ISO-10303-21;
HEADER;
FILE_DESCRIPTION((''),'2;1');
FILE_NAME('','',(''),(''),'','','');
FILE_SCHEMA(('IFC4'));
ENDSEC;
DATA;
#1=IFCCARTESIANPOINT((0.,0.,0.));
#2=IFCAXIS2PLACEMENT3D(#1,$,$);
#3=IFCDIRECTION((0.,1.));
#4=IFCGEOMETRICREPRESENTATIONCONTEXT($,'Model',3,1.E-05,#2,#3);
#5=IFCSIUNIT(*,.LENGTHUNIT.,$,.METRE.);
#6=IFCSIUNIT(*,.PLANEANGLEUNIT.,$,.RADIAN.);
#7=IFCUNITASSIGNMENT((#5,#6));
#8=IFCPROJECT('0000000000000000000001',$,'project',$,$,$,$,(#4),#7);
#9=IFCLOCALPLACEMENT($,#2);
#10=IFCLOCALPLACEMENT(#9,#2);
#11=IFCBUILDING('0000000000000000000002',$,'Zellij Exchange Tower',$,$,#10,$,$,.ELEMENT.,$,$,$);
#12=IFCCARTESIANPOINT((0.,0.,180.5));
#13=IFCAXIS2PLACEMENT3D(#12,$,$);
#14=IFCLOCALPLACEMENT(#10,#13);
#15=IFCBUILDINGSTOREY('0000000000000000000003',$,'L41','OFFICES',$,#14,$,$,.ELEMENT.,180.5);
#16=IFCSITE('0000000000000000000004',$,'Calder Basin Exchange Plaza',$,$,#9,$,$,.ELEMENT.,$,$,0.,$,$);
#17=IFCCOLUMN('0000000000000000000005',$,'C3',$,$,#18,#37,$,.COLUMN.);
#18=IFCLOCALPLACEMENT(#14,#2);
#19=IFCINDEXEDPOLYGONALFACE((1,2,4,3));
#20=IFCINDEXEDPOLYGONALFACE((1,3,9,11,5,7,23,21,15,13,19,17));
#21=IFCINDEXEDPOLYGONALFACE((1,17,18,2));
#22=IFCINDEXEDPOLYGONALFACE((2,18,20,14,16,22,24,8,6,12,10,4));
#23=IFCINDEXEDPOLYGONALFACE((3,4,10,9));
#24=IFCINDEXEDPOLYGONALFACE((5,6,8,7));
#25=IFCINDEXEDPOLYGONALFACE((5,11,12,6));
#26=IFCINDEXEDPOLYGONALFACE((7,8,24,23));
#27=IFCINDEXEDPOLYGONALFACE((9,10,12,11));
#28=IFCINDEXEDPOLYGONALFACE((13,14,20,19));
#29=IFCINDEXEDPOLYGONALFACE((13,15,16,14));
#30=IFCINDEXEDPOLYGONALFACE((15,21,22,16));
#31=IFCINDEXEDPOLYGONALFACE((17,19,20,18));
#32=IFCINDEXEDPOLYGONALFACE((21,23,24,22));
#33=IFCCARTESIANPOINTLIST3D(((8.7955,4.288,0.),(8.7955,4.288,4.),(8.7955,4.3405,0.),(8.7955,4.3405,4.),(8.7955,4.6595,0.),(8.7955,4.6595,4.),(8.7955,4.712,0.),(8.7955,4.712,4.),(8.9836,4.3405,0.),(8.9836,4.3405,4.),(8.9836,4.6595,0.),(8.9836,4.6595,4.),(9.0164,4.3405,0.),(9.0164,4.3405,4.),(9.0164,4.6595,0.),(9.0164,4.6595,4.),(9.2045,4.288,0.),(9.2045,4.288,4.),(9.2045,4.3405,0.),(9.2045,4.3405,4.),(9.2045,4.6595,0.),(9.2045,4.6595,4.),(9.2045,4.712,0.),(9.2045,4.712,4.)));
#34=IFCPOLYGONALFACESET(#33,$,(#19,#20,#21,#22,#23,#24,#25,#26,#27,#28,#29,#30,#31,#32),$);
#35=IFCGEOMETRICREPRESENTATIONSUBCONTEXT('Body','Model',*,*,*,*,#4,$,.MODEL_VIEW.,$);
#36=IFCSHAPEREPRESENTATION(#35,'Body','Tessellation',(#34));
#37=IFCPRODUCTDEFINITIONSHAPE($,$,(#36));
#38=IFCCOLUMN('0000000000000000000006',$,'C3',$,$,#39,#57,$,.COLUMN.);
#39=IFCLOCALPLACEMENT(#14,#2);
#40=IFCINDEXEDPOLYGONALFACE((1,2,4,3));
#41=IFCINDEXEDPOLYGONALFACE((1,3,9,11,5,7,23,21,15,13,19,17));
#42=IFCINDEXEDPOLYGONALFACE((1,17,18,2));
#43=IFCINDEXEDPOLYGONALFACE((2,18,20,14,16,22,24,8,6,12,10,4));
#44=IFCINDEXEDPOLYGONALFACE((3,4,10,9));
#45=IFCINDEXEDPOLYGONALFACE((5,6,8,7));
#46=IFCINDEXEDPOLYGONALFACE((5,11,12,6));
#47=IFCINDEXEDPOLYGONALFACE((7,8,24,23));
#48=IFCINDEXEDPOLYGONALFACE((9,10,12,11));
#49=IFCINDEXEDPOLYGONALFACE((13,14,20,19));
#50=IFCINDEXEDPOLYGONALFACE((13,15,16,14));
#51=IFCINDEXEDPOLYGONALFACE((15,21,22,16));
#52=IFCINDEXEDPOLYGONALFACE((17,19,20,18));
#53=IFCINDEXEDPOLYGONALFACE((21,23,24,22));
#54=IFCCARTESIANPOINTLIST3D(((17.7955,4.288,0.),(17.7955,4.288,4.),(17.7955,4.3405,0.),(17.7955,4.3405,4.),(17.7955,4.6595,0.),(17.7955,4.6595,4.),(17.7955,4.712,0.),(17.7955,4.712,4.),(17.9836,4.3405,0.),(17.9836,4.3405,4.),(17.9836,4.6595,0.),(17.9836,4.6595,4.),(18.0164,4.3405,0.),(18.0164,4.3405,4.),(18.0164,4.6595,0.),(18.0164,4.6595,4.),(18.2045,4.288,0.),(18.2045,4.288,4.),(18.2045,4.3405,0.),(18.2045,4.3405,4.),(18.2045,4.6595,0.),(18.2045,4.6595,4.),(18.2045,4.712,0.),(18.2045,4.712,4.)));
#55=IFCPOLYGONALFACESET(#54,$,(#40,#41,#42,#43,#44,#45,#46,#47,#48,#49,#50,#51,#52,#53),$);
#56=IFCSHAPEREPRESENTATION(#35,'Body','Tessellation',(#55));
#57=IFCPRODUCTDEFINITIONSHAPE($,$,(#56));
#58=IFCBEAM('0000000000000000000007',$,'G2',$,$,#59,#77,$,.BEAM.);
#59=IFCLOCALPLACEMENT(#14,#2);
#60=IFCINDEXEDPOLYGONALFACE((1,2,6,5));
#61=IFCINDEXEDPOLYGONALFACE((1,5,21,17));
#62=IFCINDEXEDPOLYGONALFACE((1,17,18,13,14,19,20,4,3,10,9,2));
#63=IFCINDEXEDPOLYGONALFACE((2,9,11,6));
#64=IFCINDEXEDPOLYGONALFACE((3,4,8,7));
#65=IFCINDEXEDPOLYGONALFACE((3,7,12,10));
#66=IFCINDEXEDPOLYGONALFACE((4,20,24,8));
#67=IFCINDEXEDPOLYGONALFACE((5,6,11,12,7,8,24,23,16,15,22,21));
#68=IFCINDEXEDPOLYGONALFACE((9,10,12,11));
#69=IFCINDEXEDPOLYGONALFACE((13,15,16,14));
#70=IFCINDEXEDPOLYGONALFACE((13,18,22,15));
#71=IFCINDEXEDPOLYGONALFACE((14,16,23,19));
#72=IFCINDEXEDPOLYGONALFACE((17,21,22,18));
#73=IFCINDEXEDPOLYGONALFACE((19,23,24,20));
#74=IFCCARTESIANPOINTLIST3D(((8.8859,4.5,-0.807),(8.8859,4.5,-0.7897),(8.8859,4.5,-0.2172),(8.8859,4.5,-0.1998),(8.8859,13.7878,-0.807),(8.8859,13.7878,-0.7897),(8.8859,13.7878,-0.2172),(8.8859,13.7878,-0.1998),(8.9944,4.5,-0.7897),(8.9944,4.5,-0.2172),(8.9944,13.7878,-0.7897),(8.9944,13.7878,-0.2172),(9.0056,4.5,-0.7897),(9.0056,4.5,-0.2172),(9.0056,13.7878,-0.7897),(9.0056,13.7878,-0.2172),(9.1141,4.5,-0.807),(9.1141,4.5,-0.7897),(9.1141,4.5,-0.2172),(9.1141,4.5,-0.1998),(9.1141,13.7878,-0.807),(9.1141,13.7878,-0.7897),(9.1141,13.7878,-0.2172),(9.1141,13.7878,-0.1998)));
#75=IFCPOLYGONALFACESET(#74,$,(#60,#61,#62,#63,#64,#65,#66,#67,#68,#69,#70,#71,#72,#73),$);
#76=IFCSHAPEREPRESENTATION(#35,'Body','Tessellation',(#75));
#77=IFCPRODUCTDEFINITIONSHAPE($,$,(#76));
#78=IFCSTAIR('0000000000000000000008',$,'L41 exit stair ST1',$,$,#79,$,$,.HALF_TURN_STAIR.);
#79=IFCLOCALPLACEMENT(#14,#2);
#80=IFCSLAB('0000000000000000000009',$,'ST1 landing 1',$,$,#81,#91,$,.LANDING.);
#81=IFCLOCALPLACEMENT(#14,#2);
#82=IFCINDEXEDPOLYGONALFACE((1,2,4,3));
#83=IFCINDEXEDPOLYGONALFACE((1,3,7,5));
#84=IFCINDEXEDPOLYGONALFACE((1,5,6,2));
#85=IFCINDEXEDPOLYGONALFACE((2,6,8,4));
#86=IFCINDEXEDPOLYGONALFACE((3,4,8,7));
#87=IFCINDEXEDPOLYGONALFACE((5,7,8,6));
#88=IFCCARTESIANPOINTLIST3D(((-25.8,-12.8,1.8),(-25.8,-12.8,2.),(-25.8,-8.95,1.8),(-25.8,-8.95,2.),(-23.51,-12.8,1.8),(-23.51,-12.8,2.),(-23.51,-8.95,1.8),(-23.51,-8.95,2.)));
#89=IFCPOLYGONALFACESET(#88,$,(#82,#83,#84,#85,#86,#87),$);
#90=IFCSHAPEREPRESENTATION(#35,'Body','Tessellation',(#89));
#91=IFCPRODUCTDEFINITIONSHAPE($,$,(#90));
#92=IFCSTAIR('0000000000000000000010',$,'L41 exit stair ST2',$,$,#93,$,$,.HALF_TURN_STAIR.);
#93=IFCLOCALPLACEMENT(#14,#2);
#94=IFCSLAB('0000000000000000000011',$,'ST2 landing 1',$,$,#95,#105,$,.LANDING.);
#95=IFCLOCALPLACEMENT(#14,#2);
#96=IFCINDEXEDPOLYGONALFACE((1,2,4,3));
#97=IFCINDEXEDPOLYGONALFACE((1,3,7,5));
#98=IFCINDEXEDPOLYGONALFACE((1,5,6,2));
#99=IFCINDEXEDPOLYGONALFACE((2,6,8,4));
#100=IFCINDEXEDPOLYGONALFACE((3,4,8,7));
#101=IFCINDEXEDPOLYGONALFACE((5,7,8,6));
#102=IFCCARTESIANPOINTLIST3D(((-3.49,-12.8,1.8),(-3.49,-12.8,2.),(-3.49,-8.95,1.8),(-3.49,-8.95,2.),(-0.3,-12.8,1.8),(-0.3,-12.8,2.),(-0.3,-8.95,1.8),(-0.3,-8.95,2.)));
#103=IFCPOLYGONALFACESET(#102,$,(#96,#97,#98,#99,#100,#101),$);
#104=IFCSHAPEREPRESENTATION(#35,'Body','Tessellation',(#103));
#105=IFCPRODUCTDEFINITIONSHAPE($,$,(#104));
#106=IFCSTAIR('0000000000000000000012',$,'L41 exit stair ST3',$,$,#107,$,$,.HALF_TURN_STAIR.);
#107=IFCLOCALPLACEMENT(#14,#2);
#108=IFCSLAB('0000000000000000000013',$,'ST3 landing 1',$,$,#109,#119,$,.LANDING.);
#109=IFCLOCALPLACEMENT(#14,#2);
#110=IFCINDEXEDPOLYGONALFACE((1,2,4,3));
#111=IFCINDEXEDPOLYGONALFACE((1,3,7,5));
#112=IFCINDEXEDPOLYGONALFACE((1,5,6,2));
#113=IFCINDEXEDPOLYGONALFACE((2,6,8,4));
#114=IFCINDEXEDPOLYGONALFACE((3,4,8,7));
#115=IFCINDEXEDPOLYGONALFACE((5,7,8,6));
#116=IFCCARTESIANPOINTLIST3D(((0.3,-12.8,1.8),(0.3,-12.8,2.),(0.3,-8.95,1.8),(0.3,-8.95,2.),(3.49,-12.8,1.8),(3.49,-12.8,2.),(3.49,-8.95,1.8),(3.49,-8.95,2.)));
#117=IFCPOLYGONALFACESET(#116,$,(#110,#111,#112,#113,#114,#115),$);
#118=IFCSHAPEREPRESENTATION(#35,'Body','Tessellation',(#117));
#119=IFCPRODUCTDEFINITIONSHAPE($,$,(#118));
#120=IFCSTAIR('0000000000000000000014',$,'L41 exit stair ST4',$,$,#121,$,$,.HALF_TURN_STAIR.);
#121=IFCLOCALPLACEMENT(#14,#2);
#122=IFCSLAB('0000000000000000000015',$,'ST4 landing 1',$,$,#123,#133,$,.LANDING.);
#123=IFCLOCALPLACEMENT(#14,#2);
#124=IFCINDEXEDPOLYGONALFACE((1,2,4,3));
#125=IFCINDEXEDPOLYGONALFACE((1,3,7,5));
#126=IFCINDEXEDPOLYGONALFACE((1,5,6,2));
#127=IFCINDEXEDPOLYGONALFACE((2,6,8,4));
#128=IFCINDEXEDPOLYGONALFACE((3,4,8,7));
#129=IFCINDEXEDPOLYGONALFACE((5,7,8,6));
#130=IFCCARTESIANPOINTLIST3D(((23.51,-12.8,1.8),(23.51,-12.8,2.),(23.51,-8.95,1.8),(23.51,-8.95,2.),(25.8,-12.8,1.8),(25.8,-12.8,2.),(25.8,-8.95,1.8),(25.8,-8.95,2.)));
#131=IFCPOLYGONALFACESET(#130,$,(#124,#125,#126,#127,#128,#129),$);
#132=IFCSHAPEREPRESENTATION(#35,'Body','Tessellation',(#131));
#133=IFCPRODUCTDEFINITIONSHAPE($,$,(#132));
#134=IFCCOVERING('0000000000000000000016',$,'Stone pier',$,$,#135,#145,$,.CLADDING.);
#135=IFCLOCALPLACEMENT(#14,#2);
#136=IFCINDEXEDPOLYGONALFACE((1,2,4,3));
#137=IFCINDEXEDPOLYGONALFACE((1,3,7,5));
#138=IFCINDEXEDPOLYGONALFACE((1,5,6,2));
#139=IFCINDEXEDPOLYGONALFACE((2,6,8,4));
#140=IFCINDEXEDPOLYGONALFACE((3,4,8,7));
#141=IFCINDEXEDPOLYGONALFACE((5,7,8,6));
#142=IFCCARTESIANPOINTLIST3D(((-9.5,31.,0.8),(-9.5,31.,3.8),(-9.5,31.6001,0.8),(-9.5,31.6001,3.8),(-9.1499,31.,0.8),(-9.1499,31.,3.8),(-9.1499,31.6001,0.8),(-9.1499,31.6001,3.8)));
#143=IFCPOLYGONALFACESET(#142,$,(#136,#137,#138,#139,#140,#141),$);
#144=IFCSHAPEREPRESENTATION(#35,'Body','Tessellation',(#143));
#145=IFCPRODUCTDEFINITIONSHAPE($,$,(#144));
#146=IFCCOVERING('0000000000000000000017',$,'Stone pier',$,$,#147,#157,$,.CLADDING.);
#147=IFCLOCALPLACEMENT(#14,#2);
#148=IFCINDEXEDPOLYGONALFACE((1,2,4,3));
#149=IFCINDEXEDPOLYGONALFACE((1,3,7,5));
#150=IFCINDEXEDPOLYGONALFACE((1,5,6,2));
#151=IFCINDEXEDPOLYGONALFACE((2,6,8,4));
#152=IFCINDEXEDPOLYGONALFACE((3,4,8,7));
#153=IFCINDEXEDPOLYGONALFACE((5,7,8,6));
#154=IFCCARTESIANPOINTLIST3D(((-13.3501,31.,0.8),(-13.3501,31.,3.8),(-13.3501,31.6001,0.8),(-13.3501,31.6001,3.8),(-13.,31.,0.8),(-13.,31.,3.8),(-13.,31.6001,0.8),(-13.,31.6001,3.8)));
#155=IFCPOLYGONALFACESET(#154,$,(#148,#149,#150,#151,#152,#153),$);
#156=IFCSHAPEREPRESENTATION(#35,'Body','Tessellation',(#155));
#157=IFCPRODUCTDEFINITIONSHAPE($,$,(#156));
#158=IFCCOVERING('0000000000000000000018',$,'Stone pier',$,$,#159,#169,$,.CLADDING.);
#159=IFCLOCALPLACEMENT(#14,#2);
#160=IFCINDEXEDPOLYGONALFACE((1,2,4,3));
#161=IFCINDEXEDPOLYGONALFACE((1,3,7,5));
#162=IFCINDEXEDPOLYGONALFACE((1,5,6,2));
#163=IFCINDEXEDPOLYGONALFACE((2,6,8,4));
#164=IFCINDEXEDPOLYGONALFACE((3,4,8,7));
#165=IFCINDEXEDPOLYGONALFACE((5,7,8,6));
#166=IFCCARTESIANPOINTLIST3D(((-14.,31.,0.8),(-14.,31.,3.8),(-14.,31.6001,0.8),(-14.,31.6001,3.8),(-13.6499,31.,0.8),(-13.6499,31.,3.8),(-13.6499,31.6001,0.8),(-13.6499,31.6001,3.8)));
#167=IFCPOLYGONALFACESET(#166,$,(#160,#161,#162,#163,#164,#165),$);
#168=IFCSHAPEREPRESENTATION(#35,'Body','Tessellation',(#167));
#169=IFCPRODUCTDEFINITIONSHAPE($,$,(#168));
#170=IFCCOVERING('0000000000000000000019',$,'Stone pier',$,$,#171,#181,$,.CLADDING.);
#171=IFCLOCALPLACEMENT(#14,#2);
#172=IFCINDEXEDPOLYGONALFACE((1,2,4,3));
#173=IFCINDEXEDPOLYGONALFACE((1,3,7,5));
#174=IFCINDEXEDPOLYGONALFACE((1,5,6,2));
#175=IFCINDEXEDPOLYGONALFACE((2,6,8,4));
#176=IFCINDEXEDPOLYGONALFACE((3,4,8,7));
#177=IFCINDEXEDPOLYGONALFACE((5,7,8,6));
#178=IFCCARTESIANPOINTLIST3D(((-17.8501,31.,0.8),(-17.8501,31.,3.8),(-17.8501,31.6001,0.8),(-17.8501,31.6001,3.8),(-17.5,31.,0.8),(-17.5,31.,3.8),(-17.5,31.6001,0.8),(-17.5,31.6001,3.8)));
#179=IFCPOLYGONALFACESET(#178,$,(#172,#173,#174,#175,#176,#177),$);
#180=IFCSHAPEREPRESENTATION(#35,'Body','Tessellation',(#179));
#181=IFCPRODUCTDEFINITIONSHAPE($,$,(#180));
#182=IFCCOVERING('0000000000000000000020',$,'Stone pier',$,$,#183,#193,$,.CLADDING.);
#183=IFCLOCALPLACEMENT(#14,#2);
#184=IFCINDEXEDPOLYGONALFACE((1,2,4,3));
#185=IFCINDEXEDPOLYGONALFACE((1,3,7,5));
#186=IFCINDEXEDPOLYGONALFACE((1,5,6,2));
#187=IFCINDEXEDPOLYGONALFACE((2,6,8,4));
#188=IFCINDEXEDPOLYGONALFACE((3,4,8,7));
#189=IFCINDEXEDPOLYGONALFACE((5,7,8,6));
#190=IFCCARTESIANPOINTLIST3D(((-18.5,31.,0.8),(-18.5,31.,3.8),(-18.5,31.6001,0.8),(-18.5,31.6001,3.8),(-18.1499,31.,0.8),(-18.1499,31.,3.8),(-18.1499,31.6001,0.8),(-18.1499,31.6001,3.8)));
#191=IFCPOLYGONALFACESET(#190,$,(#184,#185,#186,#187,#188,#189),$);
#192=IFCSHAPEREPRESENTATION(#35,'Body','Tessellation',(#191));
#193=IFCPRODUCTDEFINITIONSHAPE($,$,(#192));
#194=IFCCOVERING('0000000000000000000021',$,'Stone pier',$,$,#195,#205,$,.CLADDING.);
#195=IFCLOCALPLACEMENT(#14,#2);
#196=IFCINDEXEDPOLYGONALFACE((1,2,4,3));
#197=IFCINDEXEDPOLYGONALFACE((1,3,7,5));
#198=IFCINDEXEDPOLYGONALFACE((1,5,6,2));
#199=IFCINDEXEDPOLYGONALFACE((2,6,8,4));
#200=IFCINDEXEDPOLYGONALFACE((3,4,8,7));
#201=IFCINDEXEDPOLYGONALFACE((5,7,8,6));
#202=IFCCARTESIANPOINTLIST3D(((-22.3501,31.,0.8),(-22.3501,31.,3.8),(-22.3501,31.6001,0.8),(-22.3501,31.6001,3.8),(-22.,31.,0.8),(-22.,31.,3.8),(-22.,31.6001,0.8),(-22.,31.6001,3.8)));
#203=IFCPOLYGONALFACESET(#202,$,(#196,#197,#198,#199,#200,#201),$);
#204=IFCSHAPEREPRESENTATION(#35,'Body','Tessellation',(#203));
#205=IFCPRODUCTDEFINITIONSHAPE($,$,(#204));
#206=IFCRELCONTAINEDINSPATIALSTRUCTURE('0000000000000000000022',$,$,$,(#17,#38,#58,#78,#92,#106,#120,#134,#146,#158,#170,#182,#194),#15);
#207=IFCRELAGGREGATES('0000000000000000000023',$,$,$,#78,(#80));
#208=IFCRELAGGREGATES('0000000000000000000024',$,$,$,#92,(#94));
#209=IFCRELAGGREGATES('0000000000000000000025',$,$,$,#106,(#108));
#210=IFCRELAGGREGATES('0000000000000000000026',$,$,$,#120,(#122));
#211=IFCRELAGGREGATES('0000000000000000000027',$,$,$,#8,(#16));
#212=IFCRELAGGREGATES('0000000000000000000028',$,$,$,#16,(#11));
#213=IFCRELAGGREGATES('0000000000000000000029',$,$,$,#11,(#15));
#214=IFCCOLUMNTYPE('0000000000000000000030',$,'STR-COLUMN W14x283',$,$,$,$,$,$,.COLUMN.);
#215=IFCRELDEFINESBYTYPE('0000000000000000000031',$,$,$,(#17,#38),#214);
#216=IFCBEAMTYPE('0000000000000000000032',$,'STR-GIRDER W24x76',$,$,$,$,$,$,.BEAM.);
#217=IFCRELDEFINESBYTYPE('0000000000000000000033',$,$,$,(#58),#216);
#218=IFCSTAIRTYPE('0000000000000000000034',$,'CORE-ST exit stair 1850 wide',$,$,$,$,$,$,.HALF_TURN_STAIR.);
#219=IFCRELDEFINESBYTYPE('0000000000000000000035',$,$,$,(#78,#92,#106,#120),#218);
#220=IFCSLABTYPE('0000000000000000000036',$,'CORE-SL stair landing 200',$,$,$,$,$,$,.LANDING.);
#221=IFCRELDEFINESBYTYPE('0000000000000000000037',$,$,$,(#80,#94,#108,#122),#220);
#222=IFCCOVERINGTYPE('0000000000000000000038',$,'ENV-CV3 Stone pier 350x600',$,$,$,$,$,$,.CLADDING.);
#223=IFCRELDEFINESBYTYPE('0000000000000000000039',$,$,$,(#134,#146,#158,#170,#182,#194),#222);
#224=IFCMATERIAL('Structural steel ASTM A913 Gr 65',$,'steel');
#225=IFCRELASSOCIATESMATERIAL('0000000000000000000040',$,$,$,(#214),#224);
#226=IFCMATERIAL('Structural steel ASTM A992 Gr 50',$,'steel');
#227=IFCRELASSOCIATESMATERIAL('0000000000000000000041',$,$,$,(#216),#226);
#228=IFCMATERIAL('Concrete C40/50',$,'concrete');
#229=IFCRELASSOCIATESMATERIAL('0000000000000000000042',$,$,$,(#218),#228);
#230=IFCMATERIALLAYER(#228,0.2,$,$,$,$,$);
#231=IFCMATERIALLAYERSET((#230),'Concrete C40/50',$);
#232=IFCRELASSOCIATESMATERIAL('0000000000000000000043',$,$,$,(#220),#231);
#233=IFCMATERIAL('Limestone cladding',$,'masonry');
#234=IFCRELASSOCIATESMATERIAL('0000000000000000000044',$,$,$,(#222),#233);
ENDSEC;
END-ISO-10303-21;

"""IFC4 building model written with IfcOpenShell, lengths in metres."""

from ifc_helpers import new_model, si_unit, direction, frame, origin, origin_2d, place, context, subcontext, project, spatial, polyline, i_section, outline, extrude, material, layer, layer_set, material_profile, profile_set, type_object, element, aggregate, save


model = new_model("IFC4")

# Units and contexts
model_context = context("Model", 3, precision=1e-05, world=origin(), true_north=direction((0.0, 1.0)))
body_context = subcontext(model_context, "Body", "Model", "MODEL_VIEW")
ifc_project = project(units=[si_unit("LENGTHUNIT", "METRE"), si_unit("PLANEANGLEUNIT", "RADIAN")], contexts=[model_context])

# Site, building, storey
site_placement = place(None, origin())
site = spatial("IfcSite", under=ifc_project, at=site_placement, Name="Calder Basin Exchange Plaza", CompositionType="ELEMENT", RefElevation=0.0)
building_placement = place(site_placement, origin())
building = spatial("IfcBuilding", under=site, at=building_placement, Name="Zellij Exchange Tower", CompositionType="ELEMENT")
storey_placement = place(building_placement, frame((0.0, 0.0, 180.5)))
storey = spatial("IfcBuildingStorey", under=building, at=storey_placement, Name="L41", Description="OFFICES", CompositionType="ELEMENT", Elevation=180.5)

# Columns
ifc_material_1 = material(Name="Structural steel ASTM A913 Gr 65", Category="steel")
ifc_material_profile_1 = material_profile(ifc_material_1, i_section(OverallWidth=0.4089, OverallDepth=0.4241, WebThickness=0.0327, FlangeThickness=0.0525, at=origin_2d()), Name="W14x283")
ifc_profile_set_1 = profile_set([ifc_material_profile_1], Name="Structural steel ASTM A913 Gr 65")
column_type = type_object("IfcColumnType", Name="STR-COLUMN W14x283", PredefinedType="COLUMN", material=ifc_profile_set_1)
for number, where, z_axis, x_axis, name in (
    (1, (9.0, 4.5, 0.0), (0.0, 0.0, 1.0), (1.0, 0.0, 0.0), "C3"),
    (2, (18.0, 4.5, 0.0), (0.0, 0.0, 1.0), (1.0, 0.0, 0.0), "C3"),
):
    element("IfcColumn", number, at=place(storey_placement, frame(where, z_axis=z_axis, x_axis=x_axis)), inside=storey, type_object=column_type, Name=name, PredefinedType="COLUMN", context=body_context, shape_type="SweptSolid", body=[
        extrude(i_section(OverallWidth=0.4089, OverallDepth=0.4241, WebThickness=0.0327, FlangeThickness=0.0525, at=origin_2d()), origin(), (0.0, 0.0, 1.0), 4.0),
    ])

# Beam
ifc_material_2 = material(Name="Structural steel ASTM A992 Gr 50", Category="steel")
ifc_material_profile_2 = material_profile(ifc_material_2, i_section(OverallWidth=0.2283, OverallDepth=0.6072, WebThickness=0.0112, FlangeThickness=0.0173, at=origin_2d()), Name="W24x76")
ifc_profile_set_2 = profile_set([ifc_material_profile_2], Name="Structural steel ASTM A992 Gr 50")
beam_type = type_object("IfcBeamType", Name="STR-GIRDER W24x76", PredefinedType="BEAM", material=ifc_profile_set_2)
beam_placement = place(storey_placement, frame((9.0, 4.5, -0.5034), z_axis=(0.0, 1.0, 0.0), x_axis=(-1.0, 0.0, 0.0)))
element("IfcBeam", 3, at=beam_placement, inside=storey, type_object=beam_type, Name="G2", PredefinedType="BEAM", context=body_context, shape_type="SweptSolid", body=[
    extrude(i_section(OverallWidth=0.2283, OverallDepth=0.6072, WebThickness=0.0112, FlangeThickness=0.0173, at=origin_2d()), origin(), (0.0, 0.0, 1.0), 9.2878),
])

# Stairs, slabs
ifc_material_3 = material(Name="Concrete C40/50", Category="concrete")
stair_type = type_object("IfcStairType", Name="CORE-ST exit stair 1850 wide", PredefinedType="HALF_TURN_STAIR", material=ifc_material_3)
stair_1_placement = place(storey_placement, origin())
stair_1 = element("IfcStair", 4, at=stair_1_placement, inside=storey, type_object=stair_type, Name="L41 exit stair ST1", PredefinedType="HALF_TURN_STAIR")
ifc_layer_1 = layer(ifc_material_3, 0.2)
ifc_layer_set_1 = layer_set([ifc_layer_1], Name="Concrete C40/50")
slab_type = type_object("IfcSlabType", Name="CORE-SL stair landing 200", PredefinedType="LANDING", material=ifc_layer_set_1)
slab_1_placement = place(storey_placement, frame((0.0, 0.0, 1.8)))
slab_1 = element("IfcSlab", 5, at=slab_1_placement, type_object=slab_type, Name="ST1 landing 1", PredefinedType="LANDING", context=body_context, shape_type="SweptSolid", body=[
    extrude(outline(polyline([(-23.51, -8.95), (-25.8, -8.95), (-25.8, -12.8), (-23.51, -12.8), (-23.51, -8.95)])), origin(), (0.0, 0.0, 1.0), 0.2),
])
aggregate(stair_1, [slab_1])
stair_2_placement = place(storey_placement, origin())
stair_2 = element("IfcStair", 6, at=stair_2_placement, inside=storey, type_object=stair_type, Name="L41 exit stair ST2", PredefinedType="HALF_TURN_STAIR")
slab_2_placement = place(storey_placement, frame((0.0, 0.0, 1.8)))
slab_2 = element("IfcSlab", 7, at=slab_2_placement, type_object=slab_type, Name="ST2 landing 1", PredefinedType="LANDING", context=body_context, shape_type="SweptSolid", body=[
    extrude(outline(polyline([(-3.49, -12.8), (-0.3, -12.8), (-0.3, -8.95), (-3.49, -8.95), (-3.49, -12.8)])), origin(), (0.0, 0.0, 1.0), 0.2),
])
aggregate(stair_2, [slab_2])
stair_3_placement = place(storey_placement, origin())
stair_3 = element("IfcStair", 8, at=stair_3_placement, inside=storey, type_object=stair_type, Name="L41 exit stair ST3", PredefinedType="HALF_TURN_STAIR")
slab_3_placement = place(storey_placement, frame((0.0, 0.0, 1.8)))
slab_3 = element("IfcSlab", 9, at=slab_3_placement, type_object=slab_type, Name="ST3 landing 1", PredefinedType="LANDING", context=body_context, shape_type="SweptSolid", body=[
    extrude(outline(polyline([(3.49, -8.95), (0.3, -8.95), (0.3, -12.8), (3.49, -12.8), (3.49, -8.95)])), origin(), (0.0, 0.0, 1.0), 0.2),
])
aggregate(stair_3, [slab_3])
stair_4_placement = place(storey_placement, origin())
stair_4 = element("IfcStair", 10, at=stair_4_placement, inside=storey, type_object=stair_type, Name="L41 exit stair ST4", PredefinedType="HALF_TURN_STAIR")
slab_4_placement = place(storey_placement, frame((0.0, 0.0, 1.8)))
slab_4 = element("IfcSlab", 11, at=slab_4_placement, type_object=slab_type, Name="ST4 landing 1", PredefinedType="LANDING", context=body_context, shape_type="SweptSolid", body=[
    extrude(outline(polyline([(23.51, -12.8), (25.8, -12.8), (25.8, -8.95), (23.51, -8.95), (23.51, -12.8)])), origin(), (0.0, 0.0, 1.0), 0.2),
])
aggregate(stair_4, [slab_4])

# Coverings
ifc_material_4 = material(Name="Limestone cladding", Category="masonry")
covering_type_1 = type_object("IfcCoveringType", Name="ENV-CV3 Stone pier 350x600", PredefinedType="CLADDING", material=ifc_material_4)
covering_1_placement = place(storey_placement, frame((0.0, 0.0, 0.8)))
element("IfcCovering", 12, at=covering_1_placement, inside=storey, type_object=covering_type_1, Name="Stone pier", PredefinedType="CLADDING", context=body_context, shape_type="SweptSolid", body=[
    extrude(outline(polyline([(-9.1499, 31.0), (-9.5, 31.0), (-9.5, 31.6001), (-9.1499, 31.6001), (-9.1499, 31.0)])), origin(), (0.0, 0.0, 1.0), 3.0),
])
covering_2_placement = place(storey_placement, frame((0.0, 0.0, 0.8)))
element("IfcCovering", 13, at=covering_2_placement, inside=storey, type_object=covering_type_1, Name="Stone pier", PredefinedType="CLADDING", context=body_context, shape_type="SweptSolid", body=[
    extrude(outline(polyline([(-13.0, 31.0), (-13.3501, 31.0), (-13.3501, 31.6001), (-13.0, 31.6001), (-13.0, 31.0)])), origin(), (0.0, 0.0, 1.0), 3.0),
])
covering_3_placement = place(storey_placement, frame((0.0, 0.0, 0.8)))
element("IfcCovering", 14, at=covering_3_placement, inside=storey, type_object=covering_type_1, Name="Stone pier", PredefinedType="CLADDING", context=body_context, shape_type="SweptSolid", body=[
    extrude(outline(polyline([(-13.6499, 31.0), (-14.0, 31.0), (-14.0, 31.6001), (-13.6499, 31.6001), (-13.6499, 31.0)])), origin(), (0.0, 0.0, 1.0), 3.0),
])
covering_4_placement = place(storey_placement, frame((0.0, 0.0, 0.8)))
element("IfcCovering", 15, at=covering_4_placement, inside=storey, type_object=covering_type_1, Name="Stone pier", PredefinedType="CLADDING", context=body_context, shape_type="SweptSolid", body=[
    extrude(outline(polyline([(-17.5, 31.0), (-17.8501, 31.0), (-17.8501, 31.6001), (-17.5, 31.6001), (-17.5, 31.0)])), origin(), (0.0, 0.0, 1.0), 3.0),
])
covering_5_placement = place(storey_placement, frame((0.0, 0.0, 0.8)))
element("IfcCovering", 16, at=covering_5_placement, inside=storey, type_object=covering_type_1, Name="Stone pier", PredefinedType="CLADDING", context=body_context, shape_type="SweptSolid", body=[
    extrude(outline(polyline([(-18.1499, 31.0), (-18.5, 31.0), (-18.5, 31.6001), (-18.1499, 31.6001), (-18.1499, 31.0)])), origin(), (0.0, 0.0, 1.0), 3.0),
])
covering_6_placement = place(storey_placement, frame((0.0, 0.0, 0.8)))
element("IfcCovering", 17, at=covering_6_placement, inside=storey, type_object=covering_type_1, Name="Stone pier", PredefinedType="CLADDING", context=body_context, shape_type="SweptSolid", body=[
    extrude(outline(polyline([(-22.0, 31.0), (-22.3501, 31.0), (-22.3501, 31.6001), (-22.0, 31.6001), (-22.0, 31.0)])), origin(), (0.0, 0.0, 1.0), 3.0),
])

save(model, "model.ifc")
